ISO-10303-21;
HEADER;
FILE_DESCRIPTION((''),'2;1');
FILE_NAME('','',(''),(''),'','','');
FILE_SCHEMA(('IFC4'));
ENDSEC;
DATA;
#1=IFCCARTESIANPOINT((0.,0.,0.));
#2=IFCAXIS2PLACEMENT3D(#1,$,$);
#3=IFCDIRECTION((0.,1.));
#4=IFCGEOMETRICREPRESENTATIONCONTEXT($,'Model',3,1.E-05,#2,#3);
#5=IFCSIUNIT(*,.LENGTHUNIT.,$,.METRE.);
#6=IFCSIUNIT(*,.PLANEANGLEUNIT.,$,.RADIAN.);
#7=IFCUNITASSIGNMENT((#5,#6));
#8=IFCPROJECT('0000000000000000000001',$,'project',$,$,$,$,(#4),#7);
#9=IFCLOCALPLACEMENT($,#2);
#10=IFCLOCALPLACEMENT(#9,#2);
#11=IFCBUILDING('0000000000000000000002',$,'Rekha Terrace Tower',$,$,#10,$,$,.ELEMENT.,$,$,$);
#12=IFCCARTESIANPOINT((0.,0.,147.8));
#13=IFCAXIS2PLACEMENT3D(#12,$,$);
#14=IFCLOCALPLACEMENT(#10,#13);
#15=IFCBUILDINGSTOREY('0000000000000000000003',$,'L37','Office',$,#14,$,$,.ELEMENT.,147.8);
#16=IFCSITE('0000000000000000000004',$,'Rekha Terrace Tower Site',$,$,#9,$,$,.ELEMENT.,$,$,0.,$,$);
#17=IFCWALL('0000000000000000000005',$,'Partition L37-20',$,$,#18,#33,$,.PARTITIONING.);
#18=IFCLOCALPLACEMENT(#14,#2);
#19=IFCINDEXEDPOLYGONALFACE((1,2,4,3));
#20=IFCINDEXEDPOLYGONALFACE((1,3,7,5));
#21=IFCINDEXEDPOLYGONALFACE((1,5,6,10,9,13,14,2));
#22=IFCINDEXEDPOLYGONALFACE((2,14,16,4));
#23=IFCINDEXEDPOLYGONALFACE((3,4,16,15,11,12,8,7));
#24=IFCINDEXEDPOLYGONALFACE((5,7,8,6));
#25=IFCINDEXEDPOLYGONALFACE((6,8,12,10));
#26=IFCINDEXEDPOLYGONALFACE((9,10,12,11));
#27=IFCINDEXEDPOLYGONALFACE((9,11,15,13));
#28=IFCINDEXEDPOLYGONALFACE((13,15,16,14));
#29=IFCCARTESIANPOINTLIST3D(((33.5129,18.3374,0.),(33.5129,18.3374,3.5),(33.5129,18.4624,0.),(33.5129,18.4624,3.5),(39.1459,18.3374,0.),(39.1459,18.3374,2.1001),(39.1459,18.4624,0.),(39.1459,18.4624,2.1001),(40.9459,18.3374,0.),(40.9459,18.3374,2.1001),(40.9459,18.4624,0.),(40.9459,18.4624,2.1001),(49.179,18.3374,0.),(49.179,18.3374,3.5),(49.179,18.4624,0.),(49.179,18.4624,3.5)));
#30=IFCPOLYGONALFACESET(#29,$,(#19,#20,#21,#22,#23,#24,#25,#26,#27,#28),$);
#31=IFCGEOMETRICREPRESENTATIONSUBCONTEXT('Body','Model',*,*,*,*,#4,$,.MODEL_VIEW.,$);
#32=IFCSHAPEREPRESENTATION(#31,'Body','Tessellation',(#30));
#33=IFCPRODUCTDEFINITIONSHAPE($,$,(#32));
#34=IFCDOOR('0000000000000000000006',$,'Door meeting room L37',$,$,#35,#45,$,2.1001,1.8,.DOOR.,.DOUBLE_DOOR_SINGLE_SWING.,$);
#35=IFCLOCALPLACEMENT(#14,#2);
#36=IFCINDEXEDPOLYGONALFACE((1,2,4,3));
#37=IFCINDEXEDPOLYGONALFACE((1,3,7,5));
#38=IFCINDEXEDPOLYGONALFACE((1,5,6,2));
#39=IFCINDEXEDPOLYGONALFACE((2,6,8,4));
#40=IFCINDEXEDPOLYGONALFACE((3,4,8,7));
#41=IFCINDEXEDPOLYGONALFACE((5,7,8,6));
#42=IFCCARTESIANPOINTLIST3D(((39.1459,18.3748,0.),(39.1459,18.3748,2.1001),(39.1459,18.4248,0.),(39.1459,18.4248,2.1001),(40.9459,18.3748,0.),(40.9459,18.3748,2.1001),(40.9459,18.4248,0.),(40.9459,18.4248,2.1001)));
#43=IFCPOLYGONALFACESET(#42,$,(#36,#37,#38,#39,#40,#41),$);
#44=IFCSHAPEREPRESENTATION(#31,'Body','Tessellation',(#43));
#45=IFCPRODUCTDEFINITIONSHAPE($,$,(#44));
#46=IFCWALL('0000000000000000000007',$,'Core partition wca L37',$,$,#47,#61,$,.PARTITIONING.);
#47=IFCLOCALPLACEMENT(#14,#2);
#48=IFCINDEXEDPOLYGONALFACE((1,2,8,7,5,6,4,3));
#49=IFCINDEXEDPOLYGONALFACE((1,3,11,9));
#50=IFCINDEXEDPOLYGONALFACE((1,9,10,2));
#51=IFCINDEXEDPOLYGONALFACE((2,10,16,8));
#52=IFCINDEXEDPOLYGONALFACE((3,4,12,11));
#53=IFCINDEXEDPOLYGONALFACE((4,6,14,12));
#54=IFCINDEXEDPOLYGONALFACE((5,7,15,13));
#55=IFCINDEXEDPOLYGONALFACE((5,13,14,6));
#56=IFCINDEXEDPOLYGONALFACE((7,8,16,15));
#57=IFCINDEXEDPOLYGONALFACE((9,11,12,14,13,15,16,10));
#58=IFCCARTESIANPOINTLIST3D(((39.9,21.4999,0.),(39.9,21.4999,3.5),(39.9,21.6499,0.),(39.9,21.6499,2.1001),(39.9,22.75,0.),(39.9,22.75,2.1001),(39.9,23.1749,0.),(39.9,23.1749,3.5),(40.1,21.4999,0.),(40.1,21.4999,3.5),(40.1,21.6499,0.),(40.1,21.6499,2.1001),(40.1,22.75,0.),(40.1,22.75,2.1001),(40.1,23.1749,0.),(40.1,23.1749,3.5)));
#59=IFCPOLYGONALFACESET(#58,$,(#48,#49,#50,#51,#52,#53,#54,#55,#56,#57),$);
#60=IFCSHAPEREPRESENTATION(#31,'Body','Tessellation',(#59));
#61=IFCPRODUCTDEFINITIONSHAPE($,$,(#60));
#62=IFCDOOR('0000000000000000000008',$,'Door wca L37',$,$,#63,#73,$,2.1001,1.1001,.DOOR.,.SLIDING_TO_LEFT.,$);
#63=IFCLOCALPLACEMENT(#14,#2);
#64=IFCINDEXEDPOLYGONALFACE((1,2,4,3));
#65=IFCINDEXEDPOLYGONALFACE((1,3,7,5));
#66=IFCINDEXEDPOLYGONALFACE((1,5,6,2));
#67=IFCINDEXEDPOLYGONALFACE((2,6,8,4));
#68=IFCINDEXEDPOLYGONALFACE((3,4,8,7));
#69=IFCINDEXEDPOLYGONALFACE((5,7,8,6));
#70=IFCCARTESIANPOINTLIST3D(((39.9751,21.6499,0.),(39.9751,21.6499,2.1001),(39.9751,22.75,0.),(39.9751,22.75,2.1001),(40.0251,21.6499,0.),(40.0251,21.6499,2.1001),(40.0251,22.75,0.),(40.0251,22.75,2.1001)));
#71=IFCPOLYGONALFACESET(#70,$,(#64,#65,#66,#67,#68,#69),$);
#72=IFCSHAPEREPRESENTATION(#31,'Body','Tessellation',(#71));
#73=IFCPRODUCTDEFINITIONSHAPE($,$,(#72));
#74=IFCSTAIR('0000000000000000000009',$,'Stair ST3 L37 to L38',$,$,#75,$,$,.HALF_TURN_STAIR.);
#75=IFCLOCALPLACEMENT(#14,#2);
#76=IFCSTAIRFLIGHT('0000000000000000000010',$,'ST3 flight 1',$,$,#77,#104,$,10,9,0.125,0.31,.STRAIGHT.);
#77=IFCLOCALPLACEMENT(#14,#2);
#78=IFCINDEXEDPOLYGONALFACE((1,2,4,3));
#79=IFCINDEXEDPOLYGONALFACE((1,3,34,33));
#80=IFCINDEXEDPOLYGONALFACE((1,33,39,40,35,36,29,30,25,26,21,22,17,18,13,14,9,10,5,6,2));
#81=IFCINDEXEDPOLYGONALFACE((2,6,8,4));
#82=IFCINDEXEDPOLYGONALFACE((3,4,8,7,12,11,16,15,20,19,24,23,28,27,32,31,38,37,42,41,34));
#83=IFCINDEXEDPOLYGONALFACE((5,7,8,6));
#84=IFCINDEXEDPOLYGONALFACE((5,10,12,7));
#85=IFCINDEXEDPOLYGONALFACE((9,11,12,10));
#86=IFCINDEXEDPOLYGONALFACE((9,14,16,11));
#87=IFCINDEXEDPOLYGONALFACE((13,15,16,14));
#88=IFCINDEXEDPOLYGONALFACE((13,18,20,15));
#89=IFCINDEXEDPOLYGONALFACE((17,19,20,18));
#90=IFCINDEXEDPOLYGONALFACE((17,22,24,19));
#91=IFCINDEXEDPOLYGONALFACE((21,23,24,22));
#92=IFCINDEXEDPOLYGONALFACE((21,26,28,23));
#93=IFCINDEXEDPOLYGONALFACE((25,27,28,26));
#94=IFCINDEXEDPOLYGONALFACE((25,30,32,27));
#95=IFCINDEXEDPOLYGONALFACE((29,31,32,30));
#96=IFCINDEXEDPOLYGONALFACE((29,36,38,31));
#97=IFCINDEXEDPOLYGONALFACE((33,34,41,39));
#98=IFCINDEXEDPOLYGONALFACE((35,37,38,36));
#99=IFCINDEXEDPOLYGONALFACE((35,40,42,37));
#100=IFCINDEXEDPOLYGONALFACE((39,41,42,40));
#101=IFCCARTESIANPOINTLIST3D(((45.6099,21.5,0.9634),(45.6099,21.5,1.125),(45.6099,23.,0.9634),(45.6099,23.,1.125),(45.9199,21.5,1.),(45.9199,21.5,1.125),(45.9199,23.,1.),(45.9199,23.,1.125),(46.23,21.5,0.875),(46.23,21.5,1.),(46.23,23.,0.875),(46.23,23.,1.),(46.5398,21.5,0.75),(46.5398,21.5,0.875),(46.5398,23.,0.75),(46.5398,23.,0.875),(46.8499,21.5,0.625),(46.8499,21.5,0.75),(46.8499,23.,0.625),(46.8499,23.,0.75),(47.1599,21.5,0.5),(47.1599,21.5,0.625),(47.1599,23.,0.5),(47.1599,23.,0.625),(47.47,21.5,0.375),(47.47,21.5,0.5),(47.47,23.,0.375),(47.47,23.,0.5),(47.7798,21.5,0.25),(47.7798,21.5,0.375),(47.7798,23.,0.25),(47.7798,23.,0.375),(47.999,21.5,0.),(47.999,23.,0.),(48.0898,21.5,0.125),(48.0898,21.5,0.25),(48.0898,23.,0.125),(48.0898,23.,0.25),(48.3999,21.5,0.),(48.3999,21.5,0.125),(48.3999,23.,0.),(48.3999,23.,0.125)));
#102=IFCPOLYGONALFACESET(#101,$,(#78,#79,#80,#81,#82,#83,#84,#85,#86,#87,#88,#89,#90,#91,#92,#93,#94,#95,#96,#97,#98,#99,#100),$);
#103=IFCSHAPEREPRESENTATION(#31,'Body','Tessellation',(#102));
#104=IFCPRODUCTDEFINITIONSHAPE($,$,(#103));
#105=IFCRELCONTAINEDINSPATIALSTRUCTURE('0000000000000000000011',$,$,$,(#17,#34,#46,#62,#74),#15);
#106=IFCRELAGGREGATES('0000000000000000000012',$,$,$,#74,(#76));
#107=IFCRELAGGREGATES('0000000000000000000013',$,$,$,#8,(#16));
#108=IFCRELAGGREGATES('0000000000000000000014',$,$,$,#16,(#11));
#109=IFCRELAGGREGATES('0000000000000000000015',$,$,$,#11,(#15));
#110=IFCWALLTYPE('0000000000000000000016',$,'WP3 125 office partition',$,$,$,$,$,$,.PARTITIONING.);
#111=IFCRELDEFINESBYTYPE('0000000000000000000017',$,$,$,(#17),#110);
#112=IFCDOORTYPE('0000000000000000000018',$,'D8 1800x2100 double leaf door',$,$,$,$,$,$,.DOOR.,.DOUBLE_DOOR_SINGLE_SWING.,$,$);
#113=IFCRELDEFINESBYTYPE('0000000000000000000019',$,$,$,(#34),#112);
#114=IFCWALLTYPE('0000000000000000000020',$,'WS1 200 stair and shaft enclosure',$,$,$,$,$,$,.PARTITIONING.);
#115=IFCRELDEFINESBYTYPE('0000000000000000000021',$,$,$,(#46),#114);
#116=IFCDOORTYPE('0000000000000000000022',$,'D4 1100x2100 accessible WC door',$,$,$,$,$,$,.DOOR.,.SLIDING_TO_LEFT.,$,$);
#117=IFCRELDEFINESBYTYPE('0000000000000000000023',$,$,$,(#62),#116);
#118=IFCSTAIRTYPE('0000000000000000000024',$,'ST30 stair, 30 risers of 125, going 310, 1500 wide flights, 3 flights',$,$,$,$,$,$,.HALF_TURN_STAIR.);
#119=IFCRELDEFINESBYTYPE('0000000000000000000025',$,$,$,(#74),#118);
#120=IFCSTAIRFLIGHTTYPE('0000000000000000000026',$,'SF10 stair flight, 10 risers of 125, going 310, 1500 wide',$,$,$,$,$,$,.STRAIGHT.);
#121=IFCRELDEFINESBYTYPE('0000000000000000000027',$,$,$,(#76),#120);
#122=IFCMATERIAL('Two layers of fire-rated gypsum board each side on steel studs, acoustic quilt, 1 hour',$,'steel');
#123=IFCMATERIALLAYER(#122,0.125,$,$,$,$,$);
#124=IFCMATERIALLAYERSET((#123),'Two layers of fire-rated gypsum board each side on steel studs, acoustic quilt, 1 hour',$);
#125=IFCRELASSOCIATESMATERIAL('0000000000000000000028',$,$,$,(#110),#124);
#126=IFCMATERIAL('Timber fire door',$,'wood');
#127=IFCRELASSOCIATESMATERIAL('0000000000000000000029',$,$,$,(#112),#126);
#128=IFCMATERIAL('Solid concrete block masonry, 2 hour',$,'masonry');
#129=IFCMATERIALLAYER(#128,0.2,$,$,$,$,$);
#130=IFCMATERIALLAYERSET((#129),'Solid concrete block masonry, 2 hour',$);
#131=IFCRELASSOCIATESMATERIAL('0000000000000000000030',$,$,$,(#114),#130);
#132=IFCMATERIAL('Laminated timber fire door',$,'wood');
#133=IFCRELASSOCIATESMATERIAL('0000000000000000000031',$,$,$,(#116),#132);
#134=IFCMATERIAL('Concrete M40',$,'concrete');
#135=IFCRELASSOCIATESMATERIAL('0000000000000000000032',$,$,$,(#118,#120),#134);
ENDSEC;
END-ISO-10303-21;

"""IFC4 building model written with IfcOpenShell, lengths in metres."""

from ifc_helpers import new_model, si_unit, direction, frame, frame_2d, origin, place, context, subcontext, project, spatial, polyline, rectangle, outline, extrude, material, layer, layer_set, type_object, element, fill, aggregate, save


model = new_model("IFC4")

# Units and contexts
model_context = context("Model", 3, precision=1e-05, world=origin(), true_north=direction((0.0, 1.0)))
body_context = subcontext(model_context, "Body", "Model", "MODEL_VIEW")
ifc_project = project(units=[si_unit("LENGTHUNIT", "METRE"), si_unit("PLANEANGLEUNIT", "RADIAN")], contexts=[model_context])

# Site, building, storey
site_placement = place(None, origin())
site = spatial("IfcSite", under=ifc_project, at=site_placement, Name="Rekha Terrace Tower Site", CompositionType="ELEMENT", RefElevation=0.0)
building_placement = place(site_placement, origin())
building = spatial("IfcBuilding", under=site, at=building_placement, Name="Rekha Terrace Tower", CompositionType="ELEMENT")
storey_placement = place(building_placement, frame((0.0, 0.0, 147.8)))
storey = spatial("IfcBuildingStorey", under=building, at=storey_placement, Name="L37", Description="Office", CompositionType="ELEMENT", Elevation=147.8)

# Shared definitions
ifc_material_1 = material(Name="Two layers of fire-rated gypsum board each side on steel studs, acoustic quilt, 1 hour", Category="steel")
ifc_layer_1 = layer(ifc_material_1, 0.125)
ifc_layer_set_1 = layer_set([ifc_layer_1], Name="Two layers of fire-rated gypsum board each side on steel studs, acoustic quilt, 1 hour")
wall_type_1 = type_object("IfcWallType", Name="WP3 125 office partition", PredefinedType="PARTITIONING", material=ifc_layer_set_1)

# Walls, openings, doors
wall_1_placement = place(storey_placement, frame((33.5129, 18.3999, 0.0), z_axis=(0.0, 0.0, 1.0), x_axis=(1.0, 0.0, 0.0)))
wall_1 = element("IfcWall", 1, at=wall_1_placement, inside=storey, type_object=wall_type_1, Name="Partition L37-20", PredefinedType="PARTITIONING", context=body_context, shape_type="SweptSolid", body=[
    extrude(rectangle(XDim=15.666, YDim=0.125, at=frame_2d((7.833, 0.0))), origin(), (0.0, 0.0, 1.0), 3.5),
])
opening_1_placement = place(wall_1_placement, frame((5.6331, 0.0, 0.0)))
opening_1 = element("IfcOpeningElement", 2, at=opening_1_placement, cuts=wall_1, PredefinedType="OPENING", context=body_context, shape_type="SweptSolid", body=[
    extrude(rectangle(XDim=1.8, YDim=2.1001, at=frame_2d((0.8999, 1.05))), frame((0.0, 0.0725, 0.0), z_axis=(0.0, -1.0, 0.0), x_axis=(1.0, 0.0, 0.0)), (0.0, 0.0, 1.0), 0.145),
])
ifc_material_2 = material(Name="Timber fire door", Category="wood")
door_type_1 = type_object("IfcDoorType", Name="D8 1800x2100 double leaf door", OperationType="DOUBLE_DOOR_SINGLE_SWING", PredefinedType="DOOR", material=ifc_material_2)
door_1_placement = place(opening_1_placement, origin())
door_1 = element("IfcDoor", 3, at=door_1_placement, inside=storey, type_object=door_type_1, Name="Door meeting room L37", OperationType="DOUBLE_DOOR_SINGLE_SWING", OverallHeight=2.1001, OverallWidth=1.8, PredefinedType="DOOR", context=body_context, shape_type="SweptSolid", body=[
    extrude(rectangle(XDim=1.8, YDim=2.1001, at=frame_2d((0.8999, 1.05))), frame((0.0, 0.0249, 0.0), z_axis=(0.0, -1.0, 0.0), x_axis=(1.0, 0.0, 0.0)), (0.0, 0.0, 1.0), 0.05),
])
fill(opening_1, door_1)
ifc_material_3 = material(Name="Solid concrete block masonry, 2 hour", Category="masonry")
ifc_layer_2 = layer(ifc_material_3, 0.2)
ifc_layer_set_2 = layer_set([ifc_layer_2], Name="Solid concrete block masonry, 2 hour")
wall_type_2 = type_object("IfcWallType", Name="WS1 200 stair and shaft enclosure", PredefinedType="PARTITIONING", material=ifc_layer_set_2)
wall_2_placement = place(storey_placement, frame((40.0, 21.5, 0.0), z_axis=(0.0, 0.0, 1.0), x_axis=(0.0, 1.0, 0.0)))
wall_2 = element("IfcWall", 4, at=wall_2_placement, inside=storey, type_object=wall_type_2, Name="Core partition wca L37", PredefinedType="PARTITIONING", context=body_context, shape_type="SweptSolid", body=[
    extrude(rectangle(XDim=1.675, YDim=0.2, at=frame_2d((0.8374, 0.0))), origin(), (0.0, 0.0, 1.0), 3.5),
])
opening_2_placement = place(wall_2_placement, frame((0.1499, 0.0, 0.0)))
opening_2 = element("IfcOpeningElement", 5, at=opening_2_placement, cuts=wall_2, PredefinedType="OPENING", context=body_context, shape_type="SweptSolid", body=[
    extrude(rectangle(XDim=1.1001, YDim=2.1001, at=frame_2d((0.55, 1.05))), frame((0.0, 0.1099, 0.0), z_axis=(0.0, -1.0, 0.0), x_axis=(1.0, 0.0, 0.0)), (0.0, 0.0, 1.0), 0.22),
])
ifc_material_4 = material(Name="Laminated timber fire door", Category="wood")
door_type_2 = type_object("IfcDoorType", Name="D4 1100x2100 accessible WC door", OperationType="SLIDING_TO_LEFT", PredefinedType="DOOR", material=ifc_material_4)
door_2_placement = place(opening_2_placement, origin())
door_2 = element("IfcDoor", 6, at=door_2_placement, inside=storey, type_object=door_type_2, Name="Door wca L37", OperationType="SLIDING_TO_LEFT", OverallHeight=2.1001, OverallWidth=1.1001, PredefinedType="DOOR", context=body_context, shape_type="SweptSolid", body=[
    extrude(rectangle(XDim=1.1001, YDim=2.1001, at=frame_2d((0.55, 1.05))), frame((0.0, 0.0249, 0.0), z_axis=(0.0, -1.0, 0.0), x_axis=(1.0, 0.0, 0.0)), (0.0, 0.0, 1.0), 0.05),
])
fill(opening_2, door_2)

# Stair, stair flight
ifc_material_5 = material(Name="Concrete M40", Category="concrete")
stair_type = type_object("IfcStairType", Name="ST30 stair, 30 risers of 125, going 310, 1500 wide flights, 3 flights", PredefinedType="HALF_TURN_STAIR", material=ifc_material_5)
stair_placement = place(storey_placement, origin())
stair = element("IfcStair", 7, at=stair_placement, inside=storey, type_object=stair_type, Name="Stair ST3 L37 to L38", PredefinedType="HALF_TURN_STAIR")
stair_flight_type = type_object("IfcStairFlightType", Name="SF10 stair flight, 10 risers of 125, going 310, 1500 wide", PredefinedType="STRAIGHT", material=ifc_material_5)
stair_flight_placement = place(storey_placement, frame((48.3999, 22.25, 0.0), z_axis=(0.0, 0.0, 1.0), x_axis=(-1.0, 0.0, 0.0)))
stair_flight = element("IfcStairFlight", 8, at=stair_flight_placement, type_object=stair_flight_type, Name="ST3 flight 1", NumberOfRisers=10, NumberOfTreads=9, PredefinedType="STRAIGHT", RiserHeight=0.125, TreadLength=0.31, context=body_context, shape_type="SweptSolid", body=[
    extrude(outline(polyline([(0.0, 0.0), (0.0, 0.125), (0.3101, 0.125), (0.3101, 0.25), (0.6201, 0.25), (0.6201, 0.375), (0.9299, 0.375), (0.9299, 0.5), (1.24, 0.5), (1.24, 0.625), (1.55, 0.625), (1.55, 0.75), (1.8601, 0.75), (1.8601, 0.875), (2.1699, 0.875), (2.1699, 1.0), (2.48, 1.0), (2.48, 1.125), (2.79, 1.125), (2.79, 1.25), (2.79, 0.9634), (0.4009, 0.0), (0.0, 0.0)])), frame((0.0, 0.75, 0.0), z_axis=(0.0, -1.0, 0.0), x_axis=(1.0, 0.0, 0.0)), (0.0, 0.0, 1.0), 1.5),
])
aggregate(stair, [stair_flight])

save(model, "model.ifc")
